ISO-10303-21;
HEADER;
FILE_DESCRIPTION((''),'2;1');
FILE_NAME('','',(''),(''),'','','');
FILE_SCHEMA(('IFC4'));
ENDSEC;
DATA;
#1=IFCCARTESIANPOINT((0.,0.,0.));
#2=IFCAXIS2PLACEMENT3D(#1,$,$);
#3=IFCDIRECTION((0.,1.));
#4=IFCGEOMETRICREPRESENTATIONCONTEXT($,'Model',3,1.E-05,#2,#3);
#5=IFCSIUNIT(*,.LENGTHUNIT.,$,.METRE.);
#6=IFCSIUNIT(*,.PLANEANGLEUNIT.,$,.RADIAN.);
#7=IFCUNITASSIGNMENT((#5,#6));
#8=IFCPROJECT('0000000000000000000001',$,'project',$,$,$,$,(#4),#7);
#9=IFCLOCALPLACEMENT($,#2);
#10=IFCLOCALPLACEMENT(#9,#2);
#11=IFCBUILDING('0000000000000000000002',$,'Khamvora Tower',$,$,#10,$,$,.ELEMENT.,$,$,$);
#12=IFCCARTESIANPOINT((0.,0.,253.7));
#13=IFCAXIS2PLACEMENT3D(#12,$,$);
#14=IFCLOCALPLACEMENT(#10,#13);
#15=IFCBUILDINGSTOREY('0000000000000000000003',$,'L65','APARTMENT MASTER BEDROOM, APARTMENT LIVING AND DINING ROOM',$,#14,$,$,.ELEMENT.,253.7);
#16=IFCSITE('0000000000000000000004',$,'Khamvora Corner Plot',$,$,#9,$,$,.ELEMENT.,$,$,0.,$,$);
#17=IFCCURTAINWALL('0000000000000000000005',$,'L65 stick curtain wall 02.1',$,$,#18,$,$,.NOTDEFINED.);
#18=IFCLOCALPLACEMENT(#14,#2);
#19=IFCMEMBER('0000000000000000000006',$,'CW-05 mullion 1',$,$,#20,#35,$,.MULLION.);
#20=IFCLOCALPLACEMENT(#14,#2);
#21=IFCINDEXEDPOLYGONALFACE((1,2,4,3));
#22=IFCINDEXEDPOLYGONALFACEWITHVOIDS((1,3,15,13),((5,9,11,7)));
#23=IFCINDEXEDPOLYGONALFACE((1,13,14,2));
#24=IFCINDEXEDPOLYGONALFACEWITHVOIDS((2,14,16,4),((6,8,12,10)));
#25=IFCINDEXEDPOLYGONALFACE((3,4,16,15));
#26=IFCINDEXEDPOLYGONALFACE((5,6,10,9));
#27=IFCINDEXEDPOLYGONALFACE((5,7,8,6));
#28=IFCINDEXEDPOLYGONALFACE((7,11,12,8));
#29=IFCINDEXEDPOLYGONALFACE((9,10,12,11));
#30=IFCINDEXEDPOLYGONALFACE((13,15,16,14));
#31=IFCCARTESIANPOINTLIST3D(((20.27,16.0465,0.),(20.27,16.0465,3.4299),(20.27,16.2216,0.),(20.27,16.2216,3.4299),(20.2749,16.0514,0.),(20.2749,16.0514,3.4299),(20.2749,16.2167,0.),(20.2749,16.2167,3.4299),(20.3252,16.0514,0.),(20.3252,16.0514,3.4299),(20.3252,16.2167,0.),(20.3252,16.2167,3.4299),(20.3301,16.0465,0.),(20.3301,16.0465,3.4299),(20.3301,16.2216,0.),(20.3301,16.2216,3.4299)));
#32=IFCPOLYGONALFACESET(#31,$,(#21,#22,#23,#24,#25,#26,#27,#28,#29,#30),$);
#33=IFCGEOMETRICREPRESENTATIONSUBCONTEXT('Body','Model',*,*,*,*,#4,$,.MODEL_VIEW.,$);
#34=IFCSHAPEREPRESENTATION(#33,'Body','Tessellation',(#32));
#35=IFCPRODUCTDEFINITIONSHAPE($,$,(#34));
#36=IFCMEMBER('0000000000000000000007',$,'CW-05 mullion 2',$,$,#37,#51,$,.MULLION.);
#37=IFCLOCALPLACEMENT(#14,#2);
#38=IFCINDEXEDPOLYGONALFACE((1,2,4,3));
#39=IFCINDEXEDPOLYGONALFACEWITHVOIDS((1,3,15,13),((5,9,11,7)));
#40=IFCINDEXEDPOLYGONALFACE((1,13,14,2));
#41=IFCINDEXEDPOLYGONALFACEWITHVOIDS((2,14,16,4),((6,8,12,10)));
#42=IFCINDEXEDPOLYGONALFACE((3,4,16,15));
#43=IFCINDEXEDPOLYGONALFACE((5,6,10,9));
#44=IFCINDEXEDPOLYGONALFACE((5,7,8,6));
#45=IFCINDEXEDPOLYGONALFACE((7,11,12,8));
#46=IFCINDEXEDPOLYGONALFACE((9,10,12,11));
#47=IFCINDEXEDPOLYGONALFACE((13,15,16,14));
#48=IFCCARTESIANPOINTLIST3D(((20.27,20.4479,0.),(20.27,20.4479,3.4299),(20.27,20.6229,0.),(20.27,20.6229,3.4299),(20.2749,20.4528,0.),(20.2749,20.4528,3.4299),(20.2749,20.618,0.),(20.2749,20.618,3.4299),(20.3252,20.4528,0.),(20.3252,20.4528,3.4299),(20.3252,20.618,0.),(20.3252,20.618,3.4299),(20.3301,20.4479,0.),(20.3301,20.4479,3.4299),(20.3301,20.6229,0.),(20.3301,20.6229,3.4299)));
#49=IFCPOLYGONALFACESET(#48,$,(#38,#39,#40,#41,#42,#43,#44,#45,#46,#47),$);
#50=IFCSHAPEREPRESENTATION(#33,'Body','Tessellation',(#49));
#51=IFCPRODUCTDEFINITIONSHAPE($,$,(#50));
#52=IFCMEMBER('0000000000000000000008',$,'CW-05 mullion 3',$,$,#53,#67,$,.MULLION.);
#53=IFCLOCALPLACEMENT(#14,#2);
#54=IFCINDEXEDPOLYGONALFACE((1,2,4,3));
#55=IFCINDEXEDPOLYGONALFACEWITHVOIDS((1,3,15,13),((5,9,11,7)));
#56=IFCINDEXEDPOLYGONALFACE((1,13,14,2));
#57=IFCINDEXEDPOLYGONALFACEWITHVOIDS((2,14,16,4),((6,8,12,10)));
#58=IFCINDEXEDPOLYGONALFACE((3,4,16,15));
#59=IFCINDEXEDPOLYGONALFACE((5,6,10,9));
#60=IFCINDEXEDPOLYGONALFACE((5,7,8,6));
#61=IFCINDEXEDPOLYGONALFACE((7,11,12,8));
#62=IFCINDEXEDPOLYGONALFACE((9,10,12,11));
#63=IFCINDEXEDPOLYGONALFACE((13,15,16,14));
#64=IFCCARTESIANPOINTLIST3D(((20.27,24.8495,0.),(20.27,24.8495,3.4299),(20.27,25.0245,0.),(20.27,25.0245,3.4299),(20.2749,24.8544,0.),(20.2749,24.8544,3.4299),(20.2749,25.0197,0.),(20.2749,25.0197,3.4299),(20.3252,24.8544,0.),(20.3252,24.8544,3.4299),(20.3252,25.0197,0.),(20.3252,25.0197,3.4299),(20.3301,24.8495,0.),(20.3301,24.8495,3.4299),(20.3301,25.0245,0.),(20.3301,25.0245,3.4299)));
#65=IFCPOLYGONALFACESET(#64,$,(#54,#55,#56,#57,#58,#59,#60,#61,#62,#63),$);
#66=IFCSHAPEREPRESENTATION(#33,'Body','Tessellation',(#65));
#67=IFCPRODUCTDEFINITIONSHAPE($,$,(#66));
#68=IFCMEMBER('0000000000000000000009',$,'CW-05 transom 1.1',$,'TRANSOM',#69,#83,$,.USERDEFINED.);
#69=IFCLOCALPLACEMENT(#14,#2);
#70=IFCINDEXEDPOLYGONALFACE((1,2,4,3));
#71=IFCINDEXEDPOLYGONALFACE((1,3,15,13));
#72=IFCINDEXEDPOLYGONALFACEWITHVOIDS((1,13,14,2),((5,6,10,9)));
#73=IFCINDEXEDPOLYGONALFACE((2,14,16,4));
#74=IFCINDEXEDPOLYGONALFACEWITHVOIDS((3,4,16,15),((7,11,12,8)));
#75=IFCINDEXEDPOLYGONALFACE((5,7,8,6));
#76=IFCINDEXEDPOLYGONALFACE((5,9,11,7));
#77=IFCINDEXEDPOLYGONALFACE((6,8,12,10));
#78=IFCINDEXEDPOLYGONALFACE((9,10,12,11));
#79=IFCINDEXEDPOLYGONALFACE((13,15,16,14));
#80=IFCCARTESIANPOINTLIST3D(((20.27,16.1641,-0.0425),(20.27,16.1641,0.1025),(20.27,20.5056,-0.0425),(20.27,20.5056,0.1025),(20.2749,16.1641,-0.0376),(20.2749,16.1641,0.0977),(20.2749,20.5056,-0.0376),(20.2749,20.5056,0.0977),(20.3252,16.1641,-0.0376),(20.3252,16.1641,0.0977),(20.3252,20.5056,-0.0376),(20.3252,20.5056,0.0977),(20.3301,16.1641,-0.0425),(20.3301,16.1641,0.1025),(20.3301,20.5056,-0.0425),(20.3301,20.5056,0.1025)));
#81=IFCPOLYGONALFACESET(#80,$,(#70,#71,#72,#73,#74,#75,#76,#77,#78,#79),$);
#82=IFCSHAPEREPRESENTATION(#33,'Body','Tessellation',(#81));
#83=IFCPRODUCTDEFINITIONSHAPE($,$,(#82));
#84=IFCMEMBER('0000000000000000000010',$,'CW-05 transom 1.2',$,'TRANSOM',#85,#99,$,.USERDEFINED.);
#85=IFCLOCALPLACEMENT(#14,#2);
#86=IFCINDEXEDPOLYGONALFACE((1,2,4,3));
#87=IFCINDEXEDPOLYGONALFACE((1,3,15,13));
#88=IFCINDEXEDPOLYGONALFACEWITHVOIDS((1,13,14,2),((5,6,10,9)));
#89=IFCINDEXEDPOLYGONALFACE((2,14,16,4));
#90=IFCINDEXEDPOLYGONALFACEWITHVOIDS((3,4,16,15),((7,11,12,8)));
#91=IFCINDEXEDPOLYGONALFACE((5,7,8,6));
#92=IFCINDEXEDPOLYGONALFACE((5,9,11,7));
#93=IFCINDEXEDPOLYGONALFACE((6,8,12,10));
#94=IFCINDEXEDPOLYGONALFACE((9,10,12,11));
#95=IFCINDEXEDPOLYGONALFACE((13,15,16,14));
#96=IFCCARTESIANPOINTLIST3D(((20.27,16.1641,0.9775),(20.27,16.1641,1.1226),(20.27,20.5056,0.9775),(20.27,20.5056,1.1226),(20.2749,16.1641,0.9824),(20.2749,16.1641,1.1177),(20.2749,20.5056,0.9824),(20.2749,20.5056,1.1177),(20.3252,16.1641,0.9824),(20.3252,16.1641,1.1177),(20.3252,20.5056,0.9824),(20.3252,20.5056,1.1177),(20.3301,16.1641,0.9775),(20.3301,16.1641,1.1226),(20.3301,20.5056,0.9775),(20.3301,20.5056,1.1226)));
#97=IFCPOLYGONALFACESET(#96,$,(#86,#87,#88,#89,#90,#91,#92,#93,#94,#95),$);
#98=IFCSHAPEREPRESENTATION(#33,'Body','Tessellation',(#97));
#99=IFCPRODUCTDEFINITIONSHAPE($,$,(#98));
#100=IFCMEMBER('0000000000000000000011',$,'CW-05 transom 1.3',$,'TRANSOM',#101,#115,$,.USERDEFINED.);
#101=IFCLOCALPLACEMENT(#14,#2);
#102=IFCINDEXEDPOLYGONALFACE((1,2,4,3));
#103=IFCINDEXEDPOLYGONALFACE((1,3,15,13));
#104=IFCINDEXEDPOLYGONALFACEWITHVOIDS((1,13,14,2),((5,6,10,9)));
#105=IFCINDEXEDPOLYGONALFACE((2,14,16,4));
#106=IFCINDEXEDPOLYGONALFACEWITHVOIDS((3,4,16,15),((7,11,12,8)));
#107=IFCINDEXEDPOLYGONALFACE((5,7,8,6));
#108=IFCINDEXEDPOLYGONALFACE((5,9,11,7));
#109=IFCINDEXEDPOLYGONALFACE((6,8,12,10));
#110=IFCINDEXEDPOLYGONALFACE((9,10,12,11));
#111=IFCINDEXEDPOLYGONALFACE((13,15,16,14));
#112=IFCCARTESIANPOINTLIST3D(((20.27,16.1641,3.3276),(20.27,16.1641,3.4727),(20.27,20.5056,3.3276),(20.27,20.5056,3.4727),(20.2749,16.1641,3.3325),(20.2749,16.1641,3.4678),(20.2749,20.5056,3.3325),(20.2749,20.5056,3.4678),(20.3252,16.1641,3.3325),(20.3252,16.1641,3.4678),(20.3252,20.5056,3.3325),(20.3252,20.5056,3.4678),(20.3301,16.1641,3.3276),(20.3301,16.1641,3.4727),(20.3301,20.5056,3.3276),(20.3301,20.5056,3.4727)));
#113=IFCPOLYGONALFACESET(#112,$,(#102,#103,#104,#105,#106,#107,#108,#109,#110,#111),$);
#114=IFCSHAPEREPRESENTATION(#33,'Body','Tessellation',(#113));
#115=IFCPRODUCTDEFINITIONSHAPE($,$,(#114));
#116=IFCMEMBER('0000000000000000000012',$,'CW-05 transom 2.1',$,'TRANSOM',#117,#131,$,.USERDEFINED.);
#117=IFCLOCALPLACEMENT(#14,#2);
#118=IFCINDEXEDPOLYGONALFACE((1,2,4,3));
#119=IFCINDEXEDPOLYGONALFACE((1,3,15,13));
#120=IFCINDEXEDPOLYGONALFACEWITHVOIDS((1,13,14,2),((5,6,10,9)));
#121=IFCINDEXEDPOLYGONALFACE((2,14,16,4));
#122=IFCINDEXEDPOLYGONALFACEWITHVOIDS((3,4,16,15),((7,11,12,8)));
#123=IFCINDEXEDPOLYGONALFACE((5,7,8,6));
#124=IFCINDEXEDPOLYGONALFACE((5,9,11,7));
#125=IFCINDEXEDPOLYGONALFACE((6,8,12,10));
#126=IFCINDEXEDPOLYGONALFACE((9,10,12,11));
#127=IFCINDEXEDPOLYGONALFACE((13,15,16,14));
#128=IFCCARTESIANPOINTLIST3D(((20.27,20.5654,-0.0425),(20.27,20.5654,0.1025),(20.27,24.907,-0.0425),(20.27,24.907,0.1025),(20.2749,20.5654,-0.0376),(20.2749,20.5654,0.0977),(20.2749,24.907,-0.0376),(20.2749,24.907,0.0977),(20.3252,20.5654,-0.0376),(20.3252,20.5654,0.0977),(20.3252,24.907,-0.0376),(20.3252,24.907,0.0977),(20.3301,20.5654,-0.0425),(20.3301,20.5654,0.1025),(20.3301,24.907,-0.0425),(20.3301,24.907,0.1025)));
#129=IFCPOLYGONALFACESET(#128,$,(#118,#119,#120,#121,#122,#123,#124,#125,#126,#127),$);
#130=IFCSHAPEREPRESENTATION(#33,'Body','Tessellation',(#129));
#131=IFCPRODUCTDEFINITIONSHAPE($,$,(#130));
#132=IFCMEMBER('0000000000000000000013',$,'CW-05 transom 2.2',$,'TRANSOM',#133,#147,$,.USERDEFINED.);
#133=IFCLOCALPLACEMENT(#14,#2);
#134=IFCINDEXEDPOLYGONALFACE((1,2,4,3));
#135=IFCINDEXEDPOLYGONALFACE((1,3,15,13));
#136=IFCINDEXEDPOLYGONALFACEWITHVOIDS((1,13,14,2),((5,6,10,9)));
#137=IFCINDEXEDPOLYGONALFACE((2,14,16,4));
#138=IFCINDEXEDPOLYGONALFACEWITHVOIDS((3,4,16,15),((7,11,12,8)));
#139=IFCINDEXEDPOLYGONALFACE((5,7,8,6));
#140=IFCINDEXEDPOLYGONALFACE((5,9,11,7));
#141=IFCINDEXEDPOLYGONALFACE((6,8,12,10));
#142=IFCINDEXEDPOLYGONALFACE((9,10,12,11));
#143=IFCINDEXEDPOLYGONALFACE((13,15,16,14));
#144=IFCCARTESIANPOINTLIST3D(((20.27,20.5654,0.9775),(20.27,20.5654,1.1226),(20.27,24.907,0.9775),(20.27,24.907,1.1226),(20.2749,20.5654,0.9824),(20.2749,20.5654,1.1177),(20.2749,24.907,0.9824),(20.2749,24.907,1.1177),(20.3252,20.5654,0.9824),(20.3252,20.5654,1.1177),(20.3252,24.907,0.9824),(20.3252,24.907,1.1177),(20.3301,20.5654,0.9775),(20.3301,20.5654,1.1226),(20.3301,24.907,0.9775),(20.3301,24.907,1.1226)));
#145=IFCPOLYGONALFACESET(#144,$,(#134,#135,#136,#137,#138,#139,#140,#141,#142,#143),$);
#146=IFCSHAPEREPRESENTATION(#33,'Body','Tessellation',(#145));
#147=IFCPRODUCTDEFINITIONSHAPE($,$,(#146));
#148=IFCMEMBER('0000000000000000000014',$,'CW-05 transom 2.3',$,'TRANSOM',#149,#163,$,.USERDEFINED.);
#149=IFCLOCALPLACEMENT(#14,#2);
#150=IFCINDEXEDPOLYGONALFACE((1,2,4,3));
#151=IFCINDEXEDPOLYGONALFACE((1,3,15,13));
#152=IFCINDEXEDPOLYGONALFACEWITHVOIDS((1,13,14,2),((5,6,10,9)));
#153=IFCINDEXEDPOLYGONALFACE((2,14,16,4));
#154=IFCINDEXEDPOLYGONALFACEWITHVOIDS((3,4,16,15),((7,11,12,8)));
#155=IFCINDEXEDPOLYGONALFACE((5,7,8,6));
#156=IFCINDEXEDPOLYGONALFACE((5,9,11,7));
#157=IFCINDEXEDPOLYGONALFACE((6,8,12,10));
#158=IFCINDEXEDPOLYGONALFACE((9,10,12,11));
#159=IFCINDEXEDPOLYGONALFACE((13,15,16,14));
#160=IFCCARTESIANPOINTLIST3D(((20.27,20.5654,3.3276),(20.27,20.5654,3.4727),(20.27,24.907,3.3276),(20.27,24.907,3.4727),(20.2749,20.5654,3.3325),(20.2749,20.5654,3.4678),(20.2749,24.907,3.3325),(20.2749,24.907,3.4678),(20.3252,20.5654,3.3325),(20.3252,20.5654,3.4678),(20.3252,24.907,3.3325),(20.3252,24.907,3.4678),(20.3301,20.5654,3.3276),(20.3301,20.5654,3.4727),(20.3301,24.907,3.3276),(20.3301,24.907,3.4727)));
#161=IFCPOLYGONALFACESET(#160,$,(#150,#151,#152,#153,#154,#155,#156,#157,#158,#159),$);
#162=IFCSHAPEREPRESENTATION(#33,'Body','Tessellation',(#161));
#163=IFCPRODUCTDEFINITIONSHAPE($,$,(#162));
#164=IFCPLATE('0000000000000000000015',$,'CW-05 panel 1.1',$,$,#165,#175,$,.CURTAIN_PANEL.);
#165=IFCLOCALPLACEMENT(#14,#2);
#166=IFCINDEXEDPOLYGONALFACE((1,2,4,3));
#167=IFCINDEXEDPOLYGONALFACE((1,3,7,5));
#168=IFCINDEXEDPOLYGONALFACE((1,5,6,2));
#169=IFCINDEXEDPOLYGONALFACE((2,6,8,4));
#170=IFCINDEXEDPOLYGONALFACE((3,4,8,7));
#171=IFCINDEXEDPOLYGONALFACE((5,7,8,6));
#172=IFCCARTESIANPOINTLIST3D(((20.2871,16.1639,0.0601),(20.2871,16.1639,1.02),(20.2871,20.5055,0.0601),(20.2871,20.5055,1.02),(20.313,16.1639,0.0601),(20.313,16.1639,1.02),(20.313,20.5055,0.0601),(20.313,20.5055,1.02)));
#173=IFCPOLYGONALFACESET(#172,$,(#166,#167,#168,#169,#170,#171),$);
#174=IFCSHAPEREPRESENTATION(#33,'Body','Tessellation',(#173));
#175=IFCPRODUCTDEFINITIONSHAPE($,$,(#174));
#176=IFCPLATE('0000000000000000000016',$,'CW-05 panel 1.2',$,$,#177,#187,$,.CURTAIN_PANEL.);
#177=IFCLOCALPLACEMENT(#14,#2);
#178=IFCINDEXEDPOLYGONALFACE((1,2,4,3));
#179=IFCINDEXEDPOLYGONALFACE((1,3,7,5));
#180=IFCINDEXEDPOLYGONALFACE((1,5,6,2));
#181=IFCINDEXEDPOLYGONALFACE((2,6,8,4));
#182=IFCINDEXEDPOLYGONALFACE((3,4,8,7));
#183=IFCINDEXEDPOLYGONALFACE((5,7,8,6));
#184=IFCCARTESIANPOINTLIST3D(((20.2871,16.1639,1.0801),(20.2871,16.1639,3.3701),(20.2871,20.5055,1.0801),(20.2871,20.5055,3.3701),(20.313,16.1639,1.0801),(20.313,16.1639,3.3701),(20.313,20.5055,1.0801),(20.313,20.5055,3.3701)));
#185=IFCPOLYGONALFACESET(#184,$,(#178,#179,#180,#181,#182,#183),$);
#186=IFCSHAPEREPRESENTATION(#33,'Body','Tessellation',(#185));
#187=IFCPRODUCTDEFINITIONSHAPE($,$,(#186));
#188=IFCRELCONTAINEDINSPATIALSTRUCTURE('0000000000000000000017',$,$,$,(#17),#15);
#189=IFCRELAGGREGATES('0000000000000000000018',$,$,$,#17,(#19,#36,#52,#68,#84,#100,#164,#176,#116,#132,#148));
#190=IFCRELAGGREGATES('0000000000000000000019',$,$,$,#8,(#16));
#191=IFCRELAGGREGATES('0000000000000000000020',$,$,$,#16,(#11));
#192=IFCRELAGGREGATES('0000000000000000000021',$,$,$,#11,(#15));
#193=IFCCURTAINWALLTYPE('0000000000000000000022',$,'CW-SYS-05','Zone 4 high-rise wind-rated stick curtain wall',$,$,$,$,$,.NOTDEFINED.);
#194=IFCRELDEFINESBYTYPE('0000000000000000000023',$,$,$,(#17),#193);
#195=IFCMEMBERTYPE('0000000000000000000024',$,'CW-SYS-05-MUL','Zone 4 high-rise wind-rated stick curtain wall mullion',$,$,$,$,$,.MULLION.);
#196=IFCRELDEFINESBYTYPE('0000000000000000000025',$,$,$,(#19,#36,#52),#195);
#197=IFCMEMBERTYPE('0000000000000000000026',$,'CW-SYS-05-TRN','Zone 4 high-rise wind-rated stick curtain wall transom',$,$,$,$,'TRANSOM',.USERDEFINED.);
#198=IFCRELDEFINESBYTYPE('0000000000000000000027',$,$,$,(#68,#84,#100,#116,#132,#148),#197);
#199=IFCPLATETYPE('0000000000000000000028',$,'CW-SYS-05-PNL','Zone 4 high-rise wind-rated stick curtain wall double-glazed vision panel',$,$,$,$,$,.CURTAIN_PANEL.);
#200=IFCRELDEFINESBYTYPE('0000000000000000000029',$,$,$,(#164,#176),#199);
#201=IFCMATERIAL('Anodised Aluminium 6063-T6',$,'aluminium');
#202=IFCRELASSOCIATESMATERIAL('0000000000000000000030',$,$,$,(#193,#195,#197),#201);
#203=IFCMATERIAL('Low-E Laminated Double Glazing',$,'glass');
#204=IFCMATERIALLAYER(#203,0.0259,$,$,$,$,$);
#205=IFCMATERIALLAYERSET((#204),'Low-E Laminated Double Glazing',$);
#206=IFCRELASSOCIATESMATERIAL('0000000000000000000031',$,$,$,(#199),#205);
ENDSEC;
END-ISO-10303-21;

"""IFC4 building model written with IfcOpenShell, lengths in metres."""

from ifc_helpers import new_model, si_unit, direction, frame, origin, origin_2d, place, context, subcontext, project, spatial, rectangle, hollow_rectangle, extrude, material, layer, layer_set, material_profile, profile_set, type_object, element, aggregate, save


model = new_model("IFC4")

# Units and contexts
model_context = context("Model", 3, precision=1e-05, world=origin(), true_north=direction((0.0, 1.0)))
body_context = subcontext(model_context, "Body", "Model", "MODEL_VIEW")
ifc_project = project(units=[si_unit("LENGTHUNIT", "METRE"), si_unit("PLANEANGLEUNIT", "RADIAN")], contexts=[model_context])

# Site, building, storey
site_placement = place(None, origin())
site = spatial("IfcSite", under=ifc_project, at=site_placement, Name="Khamvora Corner Plot", CompositionType="ELEMENT", RefElevation=0.0)
building_placement = place(site_placement, origin())
building = spatial("IfcBuilding", under=site, at=building_placement, Name="Khamvora Tower", CompositionType="ELEMENT")
storey_placement = place(building_placement, frame((0.0, 0.0, 253.7)))
storey = spatial("IfcBuildingStorey", under=building, at=storey_placement, Name="L65", Description="APARTMENT MASTER BEDROOM, APARTMENT LIVING AND DINING ROOM", CompositionType="ELEMENT", Elevation=253.7)

# Curtain wall, members, plates
ifc_material_1 = material(Name="Anodised Aluminium 6063-T6", Category="aluminium")
curtain_wall_type = type_object("IfcCurtainWallType", Name="CW-SYS-05", Description="Zone 4 high-rise wind-rated stick curtain wall", PredefinedType="NOTDEFINED", material=ifc_material_1)
curtain_wall_placement = place(storey_placement, origin())
curtain_wall = element("IfcCurtainWall", 1, at=curtain_wall_placement, inside=storey, type_object=curtain_wall_type, Name="L65 stick curtain wall 02.1", PredefinedType="NOTDEFINED")
ifc_material_profile_1 = material_profile(ifc_material_1, hollow_rectangle(XDim=0.0601, YDim=0.175, WallThickness=0.0049, at=origin_2d()), Name="MUL60x175x5")
ifc_profile_set_1 = profile_set([ifc_material_profile_1], Name="Anodised Aluminium 6063-T6")
member_type_1 = type_object("IfcMemberType", Name="CW-SYS-05-MUL", Description="Zone 4 high-rise wind-rated stick curtain wall mullion", PredefinedType="MULLION", material=ifc_profile_set_1)
member_1_placement = place(storey_placement, frame((20.3, 16.134, 0.0), z_axis=(0.0, 0.0, 1.0), x_axis=(-1.0, 0.0, 0.0)))
member_1 = element("IfcMember", 2, at=member_1_placement, type_object=member_type_1, Name="CW-05 mullion 1", PredefinedType="MULLION", context=body_context, shape_type="SweptSolid", body=[
    extrude(hollow_rectangle(XDim=0.0601, YDim=0.175, WallThickness=0.0049, at=origin_2d()), origin(), (0.0, 0.0, 1.0), 3.4299),
])
member_2_placement = place(storey_placement, frame((20.3, 20.5354, 0.0), z_axis=(0.0, 0.0, 1.0), x_axis=(-1.0, 0.0, 0.0)))
member_2 = element("IfcMember", 3, at=member_2_placement, type_object=member_type_1, Name="CW-05 mullion 2", PredefinedType="MULLION", context=body_context, shape_type="SweptSolid", body=[
    extrude(hollow_rectangle(XDim=0.0601, YDim=0.175, WallThickness=0.0049, at=origin_2d()), origin(), (0.0, 0.0, 1.0), 3.4299),
])
member_3_placement = place(storey_placement, frame((20.3, 24.937, 0.0), z_axis=(0.0, 0.0, 1.0), x_axis=(-1.0, 0.0, 0.0)))
member_3 = element("IfcMember", 4, at=member_3_placement, type_object=member_type_1, Name="CW-05 mullion 3", PredefinedType="MULLION", context=body_context, shape_type="SweptSolid", body=[
    extrude(hollow_rectangle(XDim=0.0601, YDim=0.175, WallThickness=0.0049, at=origin_2d()), origin(), (0.0, 0.0, 1.0), 3.4299),
])
ifc_material_profile_2 = material_profile(ifc_material_1, hollow_rectangle(XDim=0.0601, YDim=0.145, WallThickness=0.0049, at=origin_2d()), Name="TRN60x145x5")
ifc_profile_set_2 = profile_set([ifc_material_profile_2], Name="Anodised Aluminium 6063-T6")
member_type_2 = type_object("IfcMemberType", Name="CW-SYS-05-TRN", Description="Zone 4 high-rise wind-rated stick curtain wall transom", ElementType="TRANSOM", PredefinedType="USERDEFINED", material=ifc_profile_set_2)
member_4_placement = place(storey_placement, frame((20.3, 16.1641, 0.03), z_axis=(0.0, 1.0, 0.0), x_axis=(-1.0, 0.0, 0.0)))
member_4 = element("IfcMember", 5, at=member_4_placement, type_object=member_type_2, Name="CW-05 transom 1.1", ObjectType="TRANSOM", PredefinedType="USERDEFINED", context=body_context, shape_type="SweptSolid", body=[
    extrude(hollow_rectangle(XDim=0.0601, YDim=0.145, WallThickness=0.0049, at=origin_2d()), origin(), (0.0, 0.0, 1.0), 4.3416),
])
member_5_placement = place(storey_placement, frame((20.3, 16.1641, 1.05), z_axis=(0.0, 1.0, 0.0), x_axis=(-1.0, 0.0, 0.0)))
member_5 = element("IfcMember", 6, at=member_5_placement, type_object=member_type_2, Name="CW-05 transom 1.2", ObjectType="TRANSOM", PredefinedType="USERDEFINED", context=body_context, shape_type="SweptSolid", body=[
    extrude(hollow_rectangle(XDim=0.0601, YDim=0.145, WallThickness=0.0049, at=origin_2d()), origin(), (0.0, 0.0, 1.0), 4.3416),
])
member_6_placement = place(storey_placement, frame((20.3, 16.1641, 3.4001), z_axis=(0.0, 1.0, 0.0), x_axis=(-1.0, 0.0, 0.0)))
member_6 = element("IfcMember", 7, at=member_6_placement, type_object=member_type_2, Name="CW-05 transom 1.3", ObjectType="TRANSOM", PredefinedType="USERDEFINED", context=body_context, shape_type="SweptSolid", body=[
    extrude(hollow_rectangle(XDim=0.0601, YDim=0.145, WallThickness=0.0049, at=origin_2d()), origin(), (0.0, 0.0, 1.0), 4.3416),
])
member_7_placement = place(storey_placement, frame((20.3, 20.5654, 0.03), z_axis=(0.0, 1.0, 0.0), x_axis=(-1.0, 0.0, 0.0)))
member_7 = element("IfcMember", 8, at=member_7_placement, type_object=member_type_2, Name="CW-05 transom 2.1", ObjectType="TRANSOM", PredefinedType="USERDEFINED", context=body_context, shape_type="SweptSolid", body=[
    extrude(hollow_rectangle(XDim=0.0601, YDim=0.145, WallThickness=0.0049, at=origin_2d()), origin(), (0.0, 0.0, 1.0), 4.3416),
])
member_8_placement = place(storey_placement, frame((20.3, 20.5654, 1.05), z_axis=(0.0, 1.0, 0.0), x_axis=(-1.0, 0.0, 0.0)))
member_8 = element("IfcMember", 9, at=member_8_placement, type_object=member_type_2, Name="CW-05 transom 2.2", ObjectType="TRANSOM", PredefinedType="USERDEFINED", context=body_context, shape_type="SweptSolid", body=[
    extrude(hollow_rectangle(XDim=0.0601, YDim=0.145, WallThickness=0.0049, at=origin_2d()), origin(), (0.0, 0.0, 1.0), 4.3416),
])
member_9_placement = place(storey_placement, frame((20.3, 20.5654, 3.4001), z_axis=(0.0, 1.0, 0.0), x_axis=(-1.0, 0.0, 0.0)))
member_9 = element("IfcMember", 10, at=member_9_placement, type_object=member_type_2, Name="CW-05 transom 2.3", ObjectType="TRANSOM", PredefinedType="USERDEFINED", context=body_context, shape_type="SweptSolid", body=[
    extrude(hollow_rectangle(XDim=0.0601, YDim=0.145, WallThickness=0.0049, at=origin_2d()), origin(), (0.0, 0.0, 1.0), 4.3416),
])
ifc_material_2 = material(Name="Low-E Laminated Double Glazing", Category="glass")
ifc_layer_1 = layer(ifc_material_2, 0.0259)
ifc_layer_set_1 = layer_set([ifc_layer_1], Name="Low-E Laminated Double Glazing")
plate_type = type_object("IfcPlateType", Name="CW-SYS-05-PNL", Description="Zone 4 high-rise wind-rated stick curtain wall double-glazed vision panel", PredefinedType="CURTAIN_PANEL", material=ifc_layer_set_1)
plate_1_placement = place(storey_placement, frame((20.3, 18.3347, 0.0601), z_axis=(0.0, 0.0, 1.0), x_axis=(0.0, 1.0, 0.0)))
plate_1 = element("IfcPlate", 11, at=plate_1_placement, type_object=plate_type, Name="CW-05 panel 1.1", PredefinedType="CURTAIN_PANEL", context=body_context, shape_type="SweptSolid", body=[
    extrude(rectangle(XDim=4.3416, YDim=0.0259, at=origin_2d()), origin(), (0.0, 0.0, 1.0), 0.96),
])
plate_2_placement = place(storey_placement, frame((20.3, 18.3347, 1.0801), z_axis=(0.0, 0.0, 1.0), x_axis=(0.0, 1.0, 0.0)))
plate_2 = element("IfcPlate", 12, at=plate_2_placement, type_object=plate_type, Name="CW-05 panel 1.2", PredefinedType="CURTAIN_PANEL", context=body_context, shape_type="SweptSolid", body=[
    extrude(rectangle(XDim=4.3416, YDim=0.0259, at=origin_2d()), origin(), (0.0, 0.0, 1.0), 2.29),
])
aggregate(curtain_wall, [member_1, member_2, member_3, member_4, member_5, member_6, plate_1, plate_2, member_7, member_8, member_9])

save(model, "model.ifc")
